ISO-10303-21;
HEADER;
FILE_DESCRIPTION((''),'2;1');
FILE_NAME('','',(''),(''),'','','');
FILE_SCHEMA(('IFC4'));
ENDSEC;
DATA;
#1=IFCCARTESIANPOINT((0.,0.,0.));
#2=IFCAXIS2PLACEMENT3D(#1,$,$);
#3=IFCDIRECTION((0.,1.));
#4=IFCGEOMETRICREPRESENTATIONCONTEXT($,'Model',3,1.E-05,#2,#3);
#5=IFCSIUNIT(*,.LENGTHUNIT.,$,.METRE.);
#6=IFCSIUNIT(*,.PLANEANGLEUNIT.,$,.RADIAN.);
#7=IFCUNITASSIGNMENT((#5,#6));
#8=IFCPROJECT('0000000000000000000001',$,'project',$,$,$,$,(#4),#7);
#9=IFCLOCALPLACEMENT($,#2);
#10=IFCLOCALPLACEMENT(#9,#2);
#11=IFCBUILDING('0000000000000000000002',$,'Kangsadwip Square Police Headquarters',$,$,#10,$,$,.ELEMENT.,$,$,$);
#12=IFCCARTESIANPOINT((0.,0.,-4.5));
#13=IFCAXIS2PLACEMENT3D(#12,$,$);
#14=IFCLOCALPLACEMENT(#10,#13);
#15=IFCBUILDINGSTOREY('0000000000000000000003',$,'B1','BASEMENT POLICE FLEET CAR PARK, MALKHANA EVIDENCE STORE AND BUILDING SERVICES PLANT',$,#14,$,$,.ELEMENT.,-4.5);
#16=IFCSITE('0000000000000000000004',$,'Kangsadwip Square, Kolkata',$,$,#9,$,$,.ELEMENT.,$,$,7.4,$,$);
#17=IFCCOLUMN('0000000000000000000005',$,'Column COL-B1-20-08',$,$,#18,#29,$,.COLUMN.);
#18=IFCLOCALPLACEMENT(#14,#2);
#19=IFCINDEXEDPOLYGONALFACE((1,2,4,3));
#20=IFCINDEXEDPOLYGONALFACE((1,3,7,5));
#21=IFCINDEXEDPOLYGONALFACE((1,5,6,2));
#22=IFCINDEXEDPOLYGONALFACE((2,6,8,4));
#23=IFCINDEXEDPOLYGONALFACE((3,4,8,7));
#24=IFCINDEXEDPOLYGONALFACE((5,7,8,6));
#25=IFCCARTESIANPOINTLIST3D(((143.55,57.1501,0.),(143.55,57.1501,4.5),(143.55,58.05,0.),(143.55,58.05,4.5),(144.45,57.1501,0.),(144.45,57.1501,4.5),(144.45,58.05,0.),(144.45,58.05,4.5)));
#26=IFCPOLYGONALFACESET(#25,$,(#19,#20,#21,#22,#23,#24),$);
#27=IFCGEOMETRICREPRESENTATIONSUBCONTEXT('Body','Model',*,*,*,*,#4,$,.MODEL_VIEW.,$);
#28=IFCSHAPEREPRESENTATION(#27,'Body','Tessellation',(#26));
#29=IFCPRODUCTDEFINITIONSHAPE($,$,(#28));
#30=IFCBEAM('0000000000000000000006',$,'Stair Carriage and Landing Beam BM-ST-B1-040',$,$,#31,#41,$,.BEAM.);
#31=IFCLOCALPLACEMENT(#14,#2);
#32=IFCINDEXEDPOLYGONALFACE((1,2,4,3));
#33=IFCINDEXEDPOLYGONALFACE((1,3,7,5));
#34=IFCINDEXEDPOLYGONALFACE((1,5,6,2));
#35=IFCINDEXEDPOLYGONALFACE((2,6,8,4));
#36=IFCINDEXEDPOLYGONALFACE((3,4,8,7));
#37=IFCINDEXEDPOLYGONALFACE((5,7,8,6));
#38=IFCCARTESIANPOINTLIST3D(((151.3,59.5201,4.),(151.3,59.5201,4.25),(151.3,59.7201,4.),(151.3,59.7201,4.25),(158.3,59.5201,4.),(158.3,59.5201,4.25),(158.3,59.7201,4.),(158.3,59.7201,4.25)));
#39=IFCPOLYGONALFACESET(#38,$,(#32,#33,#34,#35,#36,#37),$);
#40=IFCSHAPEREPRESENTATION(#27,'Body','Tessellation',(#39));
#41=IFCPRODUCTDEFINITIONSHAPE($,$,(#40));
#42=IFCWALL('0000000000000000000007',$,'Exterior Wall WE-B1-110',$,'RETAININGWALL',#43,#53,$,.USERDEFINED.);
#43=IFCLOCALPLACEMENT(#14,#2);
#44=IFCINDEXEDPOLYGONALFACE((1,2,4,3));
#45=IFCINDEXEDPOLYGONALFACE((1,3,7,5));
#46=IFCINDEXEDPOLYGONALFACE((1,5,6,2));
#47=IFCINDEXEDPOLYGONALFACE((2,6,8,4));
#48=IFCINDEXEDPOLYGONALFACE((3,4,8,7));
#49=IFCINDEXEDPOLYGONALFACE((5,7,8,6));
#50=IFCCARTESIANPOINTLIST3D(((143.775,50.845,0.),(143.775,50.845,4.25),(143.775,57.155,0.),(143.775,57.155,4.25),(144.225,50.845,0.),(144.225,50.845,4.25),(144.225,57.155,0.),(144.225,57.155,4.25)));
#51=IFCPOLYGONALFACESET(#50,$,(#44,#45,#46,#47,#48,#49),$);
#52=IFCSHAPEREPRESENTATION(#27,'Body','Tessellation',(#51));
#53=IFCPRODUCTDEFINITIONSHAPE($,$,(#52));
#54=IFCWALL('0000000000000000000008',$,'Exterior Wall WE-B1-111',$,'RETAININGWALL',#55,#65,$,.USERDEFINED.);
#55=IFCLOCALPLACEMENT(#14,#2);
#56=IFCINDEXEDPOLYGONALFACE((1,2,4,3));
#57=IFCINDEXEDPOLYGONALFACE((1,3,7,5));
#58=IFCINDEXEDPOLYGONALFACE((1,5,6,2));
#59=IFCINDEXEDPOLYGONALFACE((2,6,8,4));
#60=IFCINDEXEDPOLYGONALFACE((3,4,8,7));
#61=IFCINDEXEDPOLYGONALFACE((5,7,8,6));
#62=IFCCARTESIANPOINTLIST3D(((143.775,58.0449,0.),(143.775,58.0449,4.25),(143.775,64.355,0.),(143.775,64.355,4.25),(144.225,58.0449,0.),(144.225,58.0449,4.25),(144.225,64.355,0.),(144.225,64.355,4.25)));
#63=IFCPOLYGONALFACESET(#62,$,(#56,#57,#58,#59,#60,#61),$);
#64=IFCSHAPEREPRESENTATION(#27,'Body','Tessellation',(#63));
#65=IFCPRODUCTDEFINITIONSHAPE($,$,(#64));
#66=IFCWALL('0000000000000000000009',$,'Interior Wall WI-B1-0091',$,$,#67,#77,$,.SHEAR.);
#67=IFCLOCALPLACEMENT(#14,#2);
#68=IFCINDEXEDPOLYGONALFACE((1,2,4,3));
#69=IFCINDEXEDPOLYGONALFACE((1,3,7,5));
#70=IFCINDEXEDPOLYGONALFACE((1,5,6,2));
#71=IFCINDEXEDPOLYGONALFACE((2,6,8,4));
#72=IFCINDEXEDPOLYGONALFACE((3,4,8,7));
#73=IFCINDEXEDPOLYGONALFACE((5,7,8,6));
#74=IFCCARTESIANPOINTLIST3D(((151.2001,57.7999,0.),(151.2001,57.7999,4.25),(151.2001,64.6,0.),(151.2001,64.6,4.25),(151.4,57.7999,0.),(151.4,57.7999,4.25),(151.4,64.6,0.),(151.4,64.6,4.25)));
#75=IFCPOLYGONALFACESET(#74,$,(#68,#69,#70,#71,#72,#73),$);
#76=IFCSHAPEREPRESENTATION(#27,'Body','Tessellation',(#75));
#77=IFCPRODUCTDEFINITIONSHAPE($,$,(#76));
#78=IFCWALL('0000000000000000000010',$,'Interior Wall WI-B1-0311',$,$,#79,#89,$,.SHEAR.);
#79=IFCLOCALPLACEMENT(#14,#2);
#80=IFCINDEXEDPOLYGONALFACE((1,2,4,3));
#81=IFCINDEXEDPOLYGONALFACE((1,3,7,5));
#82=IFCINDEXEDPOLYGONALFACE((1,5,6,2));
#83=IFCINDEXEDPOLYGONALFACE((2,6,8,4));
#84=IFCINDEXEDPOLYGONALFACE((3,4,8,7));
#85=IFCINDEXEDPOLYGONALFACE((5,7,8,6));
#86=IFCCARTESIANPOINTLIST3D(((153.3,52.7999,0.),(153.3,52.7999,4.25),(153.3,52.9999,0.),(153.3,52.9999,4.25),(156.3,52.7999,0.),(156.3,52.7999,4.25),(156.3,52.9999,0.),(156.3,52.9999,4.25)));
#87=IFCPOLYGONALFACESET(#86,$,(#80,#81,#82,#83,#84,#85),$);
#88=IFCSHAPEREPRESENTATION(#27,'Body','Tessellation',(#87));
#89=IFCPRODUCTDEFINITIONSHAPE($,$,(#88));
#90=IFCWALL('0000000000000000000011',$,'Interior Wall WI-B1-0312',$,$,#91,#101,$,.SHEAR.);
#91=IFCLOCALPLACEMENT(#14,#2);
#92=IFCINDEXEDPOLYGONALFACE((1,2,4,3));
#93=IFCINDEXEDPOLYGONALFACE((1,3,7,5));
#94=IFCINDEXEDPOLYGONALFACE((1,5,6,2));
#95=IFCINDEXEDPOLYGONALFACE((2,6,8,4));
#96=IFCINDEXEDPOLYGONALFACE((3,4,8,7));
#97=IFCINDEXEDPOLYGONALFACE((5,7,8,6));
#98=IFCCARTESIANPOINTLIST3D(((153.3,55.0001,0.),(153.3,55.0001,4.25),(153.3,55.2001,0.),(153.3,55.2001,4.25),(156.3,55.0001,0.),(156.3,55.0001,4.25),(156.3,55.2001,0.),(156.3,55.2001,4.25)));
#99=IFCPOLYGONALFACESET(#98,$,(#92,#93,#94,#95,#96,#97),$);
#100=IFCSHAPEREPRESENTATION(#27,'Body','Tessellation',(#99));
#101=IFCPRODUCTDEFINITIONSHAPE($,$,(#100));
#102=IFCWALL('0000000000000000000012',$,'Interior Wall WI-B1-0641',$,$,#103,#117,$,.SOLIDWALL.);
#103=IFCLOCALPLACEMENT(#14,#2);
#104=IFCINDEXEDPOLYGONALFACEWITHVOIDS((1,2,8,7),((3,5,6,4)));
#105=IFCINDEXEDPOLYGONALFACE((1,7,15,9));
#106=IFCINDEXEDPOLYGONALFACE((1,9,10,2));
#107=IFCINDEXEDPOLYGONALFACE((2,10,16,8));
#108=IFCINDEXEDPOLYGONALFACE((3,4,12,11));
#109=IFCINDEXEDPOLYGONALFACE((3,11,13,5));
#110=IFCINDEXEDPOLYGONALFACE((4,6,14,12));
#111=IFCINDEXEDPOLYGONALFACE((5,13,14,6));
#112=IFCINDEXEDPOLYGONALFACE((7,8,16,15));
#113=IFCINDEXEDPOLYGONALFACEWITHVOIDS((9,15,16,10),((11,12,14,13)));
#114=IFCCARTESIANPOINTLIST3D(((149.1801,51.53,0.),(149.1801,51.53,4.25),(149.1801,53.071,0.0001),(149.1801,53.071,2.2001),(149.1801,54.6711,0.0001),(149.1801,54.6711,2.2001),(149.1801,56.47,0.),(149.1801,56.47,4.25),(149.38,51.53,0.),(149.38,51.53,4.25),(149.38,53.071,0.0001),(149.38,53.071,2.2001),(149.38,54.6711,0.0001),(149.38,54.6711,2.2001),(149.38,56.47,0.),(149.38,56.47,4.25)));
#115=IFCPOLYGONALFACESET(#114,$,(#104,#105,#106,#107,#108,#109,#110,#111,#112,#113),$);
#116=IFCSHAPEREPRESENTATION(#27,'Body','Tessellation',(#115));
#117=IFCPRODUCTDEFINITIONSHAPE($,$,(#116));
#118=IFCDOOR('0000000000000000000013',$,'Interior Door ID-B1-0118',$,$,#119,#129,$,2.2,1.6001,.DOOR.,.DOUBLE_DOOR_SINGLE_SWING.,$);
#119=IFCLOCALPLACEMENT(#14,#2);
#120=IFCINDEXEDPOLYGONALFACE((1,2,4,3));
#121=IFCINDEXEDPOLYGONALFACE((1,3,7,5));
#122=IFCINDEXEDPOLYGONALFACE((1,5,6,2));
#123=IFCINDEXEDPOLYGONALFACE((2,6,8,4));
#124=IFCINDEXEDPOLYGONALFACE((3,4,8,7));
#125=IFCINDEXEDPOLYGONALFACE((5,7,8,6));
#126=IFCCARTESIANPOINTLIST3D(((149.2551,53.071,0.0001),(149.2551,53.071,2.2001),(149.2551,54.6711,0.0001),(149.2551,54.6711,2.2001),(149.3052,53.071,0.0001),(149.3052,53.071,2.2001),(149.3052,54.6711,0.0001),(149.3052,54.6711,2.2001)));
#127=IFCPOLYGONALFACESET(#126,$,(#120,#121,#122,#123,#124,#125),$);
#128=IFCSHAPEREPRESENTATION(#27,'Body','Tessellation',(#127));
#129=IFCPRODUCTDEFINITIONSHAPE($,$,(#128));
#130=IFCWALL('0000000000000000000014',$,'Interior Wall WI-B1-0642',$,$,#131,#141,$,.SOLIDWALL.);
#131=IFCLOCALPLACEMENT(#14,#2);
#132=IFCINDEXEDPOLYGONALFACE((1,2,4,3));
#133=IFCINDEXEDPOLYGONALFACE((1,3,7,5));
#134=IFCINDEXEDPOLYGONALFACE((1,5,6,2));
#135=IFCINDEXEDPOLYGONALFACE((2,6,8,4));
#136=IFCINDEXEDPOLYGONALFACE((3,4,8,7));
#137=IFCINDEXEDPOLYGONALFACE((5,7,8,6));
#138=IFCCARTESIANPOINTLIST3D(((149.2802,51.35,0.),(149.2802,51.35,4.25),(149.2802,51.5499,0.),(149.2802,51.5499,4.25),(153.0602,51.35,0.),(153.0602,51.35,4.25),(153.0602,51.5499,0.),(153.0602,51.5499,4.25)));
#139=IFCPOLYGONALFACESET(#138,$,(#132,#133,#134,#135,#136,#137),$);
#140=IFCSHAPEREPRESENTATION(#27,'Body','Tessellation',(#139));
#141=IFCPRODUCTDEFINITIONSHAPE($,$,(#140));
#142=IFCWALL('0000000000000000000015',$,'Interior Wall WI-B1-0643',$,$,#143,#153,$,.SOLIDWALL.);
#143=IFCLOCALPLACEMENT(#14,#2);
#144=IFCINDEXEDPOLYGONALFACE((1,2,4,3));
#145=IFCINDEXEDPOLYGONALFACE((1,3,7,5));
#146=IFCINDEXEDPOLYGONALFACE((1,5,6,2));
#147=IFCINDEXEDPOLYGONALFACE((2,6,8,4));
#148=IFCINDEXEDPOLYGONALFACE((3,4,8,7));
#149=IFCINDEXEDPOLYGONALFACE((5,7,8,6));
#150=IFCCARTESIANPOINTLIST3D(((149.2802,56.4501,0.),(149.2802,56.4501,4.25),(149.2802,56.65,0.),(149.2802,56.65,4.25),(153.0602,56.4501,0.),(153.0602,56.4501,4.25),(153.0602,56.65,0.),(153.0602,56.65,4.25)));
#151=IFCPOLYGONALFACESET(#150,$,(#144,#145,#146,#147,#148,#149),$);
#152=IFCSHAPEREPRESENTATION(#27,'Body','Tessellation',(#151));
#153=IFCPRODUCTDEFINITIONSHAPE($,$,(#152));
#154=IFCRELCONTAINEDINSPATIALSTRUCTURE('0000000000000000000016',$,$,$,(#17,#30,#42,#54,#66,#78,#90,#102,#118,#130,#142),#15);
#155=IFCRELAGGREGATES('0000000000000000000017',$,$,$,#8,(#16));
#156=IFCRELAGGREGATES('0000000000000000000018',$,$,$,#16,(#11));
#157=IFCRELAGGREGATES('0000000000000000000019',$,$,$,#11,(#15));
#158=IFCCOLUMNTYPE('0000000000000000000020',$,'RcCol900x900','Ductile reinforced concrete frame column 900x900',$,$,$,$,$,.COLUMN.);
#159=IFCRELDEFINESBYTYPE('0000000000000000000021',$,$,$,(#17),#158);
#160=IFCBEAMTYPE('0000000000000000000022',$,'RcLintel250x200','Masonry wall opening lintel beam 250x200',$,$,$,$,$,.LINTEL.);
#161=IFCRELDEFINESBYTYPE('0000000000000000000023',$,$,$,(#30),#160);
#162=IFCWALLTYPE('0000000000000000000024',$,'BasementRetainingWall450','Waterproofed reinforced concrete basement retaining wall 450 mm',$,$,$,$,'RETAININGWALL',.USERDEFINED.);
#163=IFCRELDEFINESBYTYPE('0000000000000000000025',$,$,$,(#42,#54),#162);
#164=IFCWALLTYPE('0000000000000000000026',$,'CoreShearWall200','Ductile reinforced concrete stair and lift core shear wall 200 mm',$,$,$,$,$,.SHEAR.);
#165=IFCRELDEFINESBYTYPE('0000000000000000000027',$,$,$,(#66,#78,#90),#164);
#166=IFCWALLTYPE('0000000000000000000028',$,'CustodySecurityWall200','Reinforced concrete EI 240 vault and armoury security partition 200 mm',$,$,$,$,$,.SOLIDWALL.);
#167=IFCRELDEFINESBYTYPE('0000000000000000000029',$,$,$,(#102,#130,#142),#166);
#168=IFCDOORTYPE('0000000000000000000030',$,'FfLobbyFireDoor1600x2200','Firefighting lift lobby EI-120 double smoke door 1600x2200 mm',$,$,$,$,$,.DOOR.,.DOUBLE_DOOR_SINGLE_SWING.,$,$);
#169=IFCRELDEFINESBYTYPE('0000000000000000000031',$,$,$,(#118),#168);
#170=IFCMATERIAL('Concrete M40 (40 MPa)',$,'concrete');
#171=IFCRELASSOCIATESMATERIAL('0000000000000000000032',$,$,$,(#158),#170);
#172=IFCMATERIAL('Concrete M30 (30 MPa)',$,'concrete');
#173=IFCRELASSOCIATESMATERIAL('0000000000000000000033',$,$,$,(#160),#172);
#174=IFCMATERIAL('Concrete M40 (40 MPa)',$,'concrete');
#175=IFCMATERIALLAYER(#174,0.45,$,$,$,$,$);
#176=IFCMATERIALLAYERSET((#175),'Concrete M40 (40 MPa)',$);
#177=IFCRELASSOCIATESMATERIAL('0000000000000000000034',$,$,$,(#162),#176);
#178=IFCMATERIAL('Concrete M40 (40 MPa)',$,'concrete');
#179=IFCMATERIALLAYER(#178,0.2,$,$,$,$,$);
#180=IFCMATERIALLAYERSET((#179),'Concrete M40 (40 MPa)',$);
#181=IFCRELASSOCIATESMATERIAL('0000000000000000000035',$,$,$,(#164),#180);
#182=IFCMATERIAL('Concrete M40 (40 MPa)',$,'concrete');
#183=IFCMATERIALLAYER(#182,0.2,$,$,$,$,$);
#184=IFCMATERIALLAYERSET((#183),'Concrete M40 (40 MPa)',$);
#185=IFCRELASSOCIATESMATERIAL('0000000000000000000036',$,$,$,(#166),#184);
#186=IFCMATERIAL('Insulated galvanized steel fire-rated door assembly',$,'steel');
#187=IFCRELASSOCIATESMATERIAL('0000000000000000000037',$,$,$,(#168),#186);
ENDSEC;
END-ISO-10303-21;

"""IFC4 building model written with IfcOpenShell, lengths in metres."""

from ifc_helpers import new_model, si_unit, direction, frame, frame_2d, origin, origin_2d, place, context, subcontext, project, spatial, rectangle, extrude, material, layer, layer_set, material_profile, profile_set, type_object, element, fill, save


model = new_model("IFC4")

# Units and contexts
model_context = context("Model", 3, precision=1e-05, world=origin(), true_north=direction((0.0, 1.0)))
body_context = subcontext(model_context, "Body", "Model", "MODEL_VIEW")
ifc_project = project(units=[si_unit("LENGTHUNIT", "METRE"), si_unit("PLANEANGLEUNIT", "RADIAN")], contexts=[model_context])

# Site, building, storey
site_placement = place(None, origin())
site = spatial("IfcSite", under=ifc_project, at=site_placement, Name="Kangsadwip Square, Kolkata", CompositionType="ELEMENT", RefElevation=7.4)
building_placement = place(site_placement, origin())
building = spatial("IfcBuilding", under=site, at=building_placement, Name="Kangsadwip Square Police Headquarters", CompositionType="ELEMENT")
storey_placement = place(building_placement, frame((0.0, 0.0, -4.5)))
storey = spatial("IfcBuildingStorey", under=building, at=storey_placement, Name="B1", Description="BASEMENT POLICE FLEET CAR PARK, MALKHANA EVIDENCE STORE AND BUILDING SERVICES PLANT", CompositionType="ELEMENT", Elevation=-4.5)

# Column
ifc_material_1 = material(Name="Concrete M40 (40 MPa)", Category="concrete")
ifc_material_profile_1 = material_profile(ifc_material_1, rectangle(XDim=0.8999, YDim=0.8999, at=origin_2d()), Name="RC COL 900X900")
ifc_profile_set_1 = profile_set([ifc_material_profile_1], Name="Concrete M40 (40 MPa)")
column_type_1 = type_object("IfcColumnType", Name="RcCol900x900", Description="Ductile reinforced concrete frame column 900x900", PredefinedType="COLUMN", material=ifc_profile_set_1)
column_1_placement = place(storey_placement, frame((144.0, 57.6001, 0.0), z_axis=(0.0, 0.0, 1.0), x_axis=(1.0, 0.0, 0.0)))
element("IfcColumn", 1, at=column_1_placement, inside=storey, type_object=column_type_1, Name="Column COL-B1-20-08", PredefinedType="COLUMN", context=body_context, shape_type="SweptSolid", body=[
    extrude(rectangle(XDim=0.8999, YDim=0.8999, at=origin_2d()), origin(), (0.0, 0.0, 1.0), 4.5),
])

# Beam
ifc_material_2 = material(Name="Concrete M30 (30 MPa)", Category="concrete")
ifc_material_profile_2 = material_profile(ifc_material_2, rectangle(XDim=0.2, YDim=0.25, at=origin_2d()), Name="RC LNT 250X200")
ifc_profile_set_2 = profile_set([ifc_material_profile_2], Name="Concrete M30 (30 MPa)")
beam_type = type_object("IfcBeamType", Name="RcLintel250x200", Description="Masonry wall opening lintel beam 250x200", PredefinedType="LINTEL", material=ifc_profile_set_2)
beam_placement = place(storey_placement, frame((151.3, 59.6201, 4.125), z_axis=(1.0, 0.0, 0.0), x_axis=(0.0, 1.0, 0.0)))
element("IfcBeam", 2, at=beam_placement, inside=storey, type_object=beam_type, Name="Stair Carriage and Landing Beam BM-ST-B1-040", PredefinedType="BEAM", context=body_context, shape_type="SweptSolid", body=[
    extrude(rectangle(XDim=0.2, YDim=0.25, at=origin_2d()), origin(), (0.0, 0.0, 1.0), 7.0),
])

# Walls
ifc_material_3 = material(Name="Concrete M40 (40 MPa)", Category="concrete")
ifc_layer_1 = layer(ifc_material_3, 0.45)
ifc_layer_set_1 = layer_set([ifc_layer_1], Name="Concrete M40 (40 MPa)")
wall_type_1 = type_object("IfcWallType", Name="BasementRetainingWall450", Description="Waterproofed reinforced concrete basement retaining wall 450 mm", ElementType="RETAININGWALL", PredefinedType="USERDEFINED", material=ifc_layer_set_1)
for number, where, z_axis, x_axis, name in (
    (3, (144.0, 50.845, 0.0), (0.0, 0.0, 1.0), (0.0, 1.0, 0.0), "Exterior Wall WE-B1-110"),
    (4, (144.0, 58.0449, 0.0), (0.0, 0.0, 1.0), (0.0, 1.0, 0.0), "Exterior Wall WE-B1-111"),
):
    element("IfcWall", number, at=place(storey_placement, frame(where, z_axis=z_axis, x_axis=x_axis)), inside=storey, type_object=wall_type_1, Name=name, ObjectType="RETAININGWALL", PredefinedType="USERDEFINED", context=body_context, shape_type="SweptSolid", body=[
        extrude(rectangle(XDim=6.3101, YDim=0.45, at=frame_2d((3.155, 0.0))), origin(), (0.0, 0.0, 1.0), 4.25),
    ])

# Shared definitions
ifc_material_4 = material(Name="Concrete M40 (40 MPa)", Category="concrete")
ifc_layer_2 = layer(ifc_material_4, 0.2)
ifc_layer_set_2 = layer_set([ifc_layer_2], Name="Concrete M40 (40 MPa)")
wall_type_2 = type_object("IfcWallType", Name="CoreShearWall200", Description="Ductile reinforced concrete stair and lift core shear wall 200 mm", PredefinedType="SHEAR", material=ifc_layer_set_2)

# Walls
wall_1_placement = place(storey_placement, frame((151.3, 57.8, 0.0), z_axis=(0.0, 0.0, 1.0), x_axis=(0.0, 1.0, 0.0)))
element("IfcWall", 5, at=wall_1_placement, inside=storey, type_object=wall_type_2, Name="Interior Wall WI-B1-0091", PredefinedType="SHEAR", context=body_context, shape_type="SweptSolid", body=[
    extrude(rectangle(XDim=6.8, YDim=0.2, at=frame_2d((3.3999, 0.0))), origin(), (0.0, 0.0, 1.0), 4.25),
])
for number, where, z_axis, x_axis, name in (
    (6, (153.3, 52.8999, 0.0), (0.0, 0.0, 1.0), (1.0, 0.0, 0.0), "Interior Wall WI-B1-0311"),
    (7, (153.3, 55.1001, 0.0), (0.0, 0.0, 1.0), (1.0, 0.0, 0.0), "Interior Wall WI-B1-0312"),
):
    element("IfcWall", number, at=place(storey_placement, frame(where, z_axis=z_axis, x_axis=x_axis)), inside=storey, type_object=wall_type_2, Name=name, PredefinedType="SHEAR", context=body_context, shape_type="SweptSolid", body=[
        extrude(rectangle(XDim=3.0, YDim=0.2, at=frame_2d((1.5, 0.0))), origin(), (0.0, 0.0, 1.0), 4.25),
    ])

# Wall, opening, door
ifc_material_5 = material(Name="Concrete M40 (40 MPa)", Category="concrete")
ifc_layer_3 = layer(ifc_material_5, 0.2)
ifc_layer_set_3 = layer_set([ifc_layer_3], Name="Concrete M40 (40 MPa)")
wall_type_3 = type_object("IfcWallType", Name="CustodySecurityWall200", Description="Reinforced concrete EI 240 vault and armoury security partition 200 mm", PredefinedType="SOLIDWALL", material=ifc_layer_set_3)
wall_2_placement = place(storey_placement, frame((149.28, 51.53, 0.0), z_axis=(0.0, 0.0, 1.0), x_axis=(0.0, 1.0, 0.0)))
wall_2 = element("IfcWall", 8, at=wall_2_placement, inside=storey, type_object=wall_type_3, Name="Interior Wall WI-B1-0641", PredefinedType="SOLIDWALL", context=body_context, shape_type="SweptSolid", body=[
    extrude(rectangle(XDim=4.9399, YDim=0.2, at=frame_2d((2.47, 0.0))), origin(), (0.0, 0.0, 1.0), 4.25),
])
opening_1_placement = place(wall_2_placement, frame((1.541, 0.0, 0.0)))
opening_1 = element("IfcOpeningElement", 9, at=opening_1_placement, cuts=wall_2, PredefinedType="OPENING", context=body_context, shape_type="SweptSolid", body=[
    extrude(rectangle(XDim=1.6001, YDim=2.2, at=frame_2d((0.8, 1.1001))), frame((0.0, 0.1099, 0.0), z_axis=(0.0, -1.0, 0.0), x_axis=(1.0, 0.0, 0.0)), (0.0, 0.0, 1.0), 0.22),
])
ifc_material_6 = material(Name="Insulated galvanized steel fire-rated door assembly", Category="steel")
door_type_1 = type_object("IfcDoorType", Name="FfLobbyFireDoor1600x2200", Description="Firefighting lift lobby EI-120 double smoke door 1600x2200 mm", OperationType="DOUBLE_DOOR_SINGLE_SWING", PredefinedType="DOOR", material=ifc_material_6)
door_1_placement = place(opening_1_placement, origin())
door_1 = element("IfcDoor", 10, at=door_1_placement, inside=storey, type_object=door_type_1, Name="Interior Door ID-B1-0118", OperationType="DOUBLE_DOOR_SINGLE_SWING", OverallHeight=2.2, OverallWidth=1.6001, PredefinedType="DOOR", context=body_context, shape_type="SweptSolid", body=[
    extrude(rectangle(XDim=1.6001, YDim=2.2, at=frame_2d((0.8, 1.1001))), frame((0.0, 0.0249, 0.0), z_axis=(0.0, -1.0, 0.0), x_axis=(1.0, 0.0, 0.0)), (0.0, 0.0, 1.0), 0.05),
])
fill(opening_1, door_1)

# Walls
for number, where, z_axis, x_axis, name in (
    (11, (149.28, 51.45, 0.0), (0.0, 0.0, 1.0), (1.0, 0.0, 0.0), "Interior Wall WI-B1-0642"),
    (12, (149.28, 56.55, 0.0), (0.0, 0.0, 1.0), (1.0, 0.0, 0.0), "Interior Wall WI-B1-0643"),
):
    element("IfcWall", number, at=place(storey_placement, frame(where, z_axis=z_axis, x_axis=x_axis)), inside=storey, type_object=wall_type_3, Name=name, PredefinedType="SOLIDWALL", context=body_context, shape_type="SweptSolid", body=[
        extrude(rectangle(XDim=3.78, YDim=0.2, at=frame_2d((1.8901, 0.0))), origin(), (0.0, 0.0, 1.0), 4.25),
    ])

save(model, "model.ifc")
